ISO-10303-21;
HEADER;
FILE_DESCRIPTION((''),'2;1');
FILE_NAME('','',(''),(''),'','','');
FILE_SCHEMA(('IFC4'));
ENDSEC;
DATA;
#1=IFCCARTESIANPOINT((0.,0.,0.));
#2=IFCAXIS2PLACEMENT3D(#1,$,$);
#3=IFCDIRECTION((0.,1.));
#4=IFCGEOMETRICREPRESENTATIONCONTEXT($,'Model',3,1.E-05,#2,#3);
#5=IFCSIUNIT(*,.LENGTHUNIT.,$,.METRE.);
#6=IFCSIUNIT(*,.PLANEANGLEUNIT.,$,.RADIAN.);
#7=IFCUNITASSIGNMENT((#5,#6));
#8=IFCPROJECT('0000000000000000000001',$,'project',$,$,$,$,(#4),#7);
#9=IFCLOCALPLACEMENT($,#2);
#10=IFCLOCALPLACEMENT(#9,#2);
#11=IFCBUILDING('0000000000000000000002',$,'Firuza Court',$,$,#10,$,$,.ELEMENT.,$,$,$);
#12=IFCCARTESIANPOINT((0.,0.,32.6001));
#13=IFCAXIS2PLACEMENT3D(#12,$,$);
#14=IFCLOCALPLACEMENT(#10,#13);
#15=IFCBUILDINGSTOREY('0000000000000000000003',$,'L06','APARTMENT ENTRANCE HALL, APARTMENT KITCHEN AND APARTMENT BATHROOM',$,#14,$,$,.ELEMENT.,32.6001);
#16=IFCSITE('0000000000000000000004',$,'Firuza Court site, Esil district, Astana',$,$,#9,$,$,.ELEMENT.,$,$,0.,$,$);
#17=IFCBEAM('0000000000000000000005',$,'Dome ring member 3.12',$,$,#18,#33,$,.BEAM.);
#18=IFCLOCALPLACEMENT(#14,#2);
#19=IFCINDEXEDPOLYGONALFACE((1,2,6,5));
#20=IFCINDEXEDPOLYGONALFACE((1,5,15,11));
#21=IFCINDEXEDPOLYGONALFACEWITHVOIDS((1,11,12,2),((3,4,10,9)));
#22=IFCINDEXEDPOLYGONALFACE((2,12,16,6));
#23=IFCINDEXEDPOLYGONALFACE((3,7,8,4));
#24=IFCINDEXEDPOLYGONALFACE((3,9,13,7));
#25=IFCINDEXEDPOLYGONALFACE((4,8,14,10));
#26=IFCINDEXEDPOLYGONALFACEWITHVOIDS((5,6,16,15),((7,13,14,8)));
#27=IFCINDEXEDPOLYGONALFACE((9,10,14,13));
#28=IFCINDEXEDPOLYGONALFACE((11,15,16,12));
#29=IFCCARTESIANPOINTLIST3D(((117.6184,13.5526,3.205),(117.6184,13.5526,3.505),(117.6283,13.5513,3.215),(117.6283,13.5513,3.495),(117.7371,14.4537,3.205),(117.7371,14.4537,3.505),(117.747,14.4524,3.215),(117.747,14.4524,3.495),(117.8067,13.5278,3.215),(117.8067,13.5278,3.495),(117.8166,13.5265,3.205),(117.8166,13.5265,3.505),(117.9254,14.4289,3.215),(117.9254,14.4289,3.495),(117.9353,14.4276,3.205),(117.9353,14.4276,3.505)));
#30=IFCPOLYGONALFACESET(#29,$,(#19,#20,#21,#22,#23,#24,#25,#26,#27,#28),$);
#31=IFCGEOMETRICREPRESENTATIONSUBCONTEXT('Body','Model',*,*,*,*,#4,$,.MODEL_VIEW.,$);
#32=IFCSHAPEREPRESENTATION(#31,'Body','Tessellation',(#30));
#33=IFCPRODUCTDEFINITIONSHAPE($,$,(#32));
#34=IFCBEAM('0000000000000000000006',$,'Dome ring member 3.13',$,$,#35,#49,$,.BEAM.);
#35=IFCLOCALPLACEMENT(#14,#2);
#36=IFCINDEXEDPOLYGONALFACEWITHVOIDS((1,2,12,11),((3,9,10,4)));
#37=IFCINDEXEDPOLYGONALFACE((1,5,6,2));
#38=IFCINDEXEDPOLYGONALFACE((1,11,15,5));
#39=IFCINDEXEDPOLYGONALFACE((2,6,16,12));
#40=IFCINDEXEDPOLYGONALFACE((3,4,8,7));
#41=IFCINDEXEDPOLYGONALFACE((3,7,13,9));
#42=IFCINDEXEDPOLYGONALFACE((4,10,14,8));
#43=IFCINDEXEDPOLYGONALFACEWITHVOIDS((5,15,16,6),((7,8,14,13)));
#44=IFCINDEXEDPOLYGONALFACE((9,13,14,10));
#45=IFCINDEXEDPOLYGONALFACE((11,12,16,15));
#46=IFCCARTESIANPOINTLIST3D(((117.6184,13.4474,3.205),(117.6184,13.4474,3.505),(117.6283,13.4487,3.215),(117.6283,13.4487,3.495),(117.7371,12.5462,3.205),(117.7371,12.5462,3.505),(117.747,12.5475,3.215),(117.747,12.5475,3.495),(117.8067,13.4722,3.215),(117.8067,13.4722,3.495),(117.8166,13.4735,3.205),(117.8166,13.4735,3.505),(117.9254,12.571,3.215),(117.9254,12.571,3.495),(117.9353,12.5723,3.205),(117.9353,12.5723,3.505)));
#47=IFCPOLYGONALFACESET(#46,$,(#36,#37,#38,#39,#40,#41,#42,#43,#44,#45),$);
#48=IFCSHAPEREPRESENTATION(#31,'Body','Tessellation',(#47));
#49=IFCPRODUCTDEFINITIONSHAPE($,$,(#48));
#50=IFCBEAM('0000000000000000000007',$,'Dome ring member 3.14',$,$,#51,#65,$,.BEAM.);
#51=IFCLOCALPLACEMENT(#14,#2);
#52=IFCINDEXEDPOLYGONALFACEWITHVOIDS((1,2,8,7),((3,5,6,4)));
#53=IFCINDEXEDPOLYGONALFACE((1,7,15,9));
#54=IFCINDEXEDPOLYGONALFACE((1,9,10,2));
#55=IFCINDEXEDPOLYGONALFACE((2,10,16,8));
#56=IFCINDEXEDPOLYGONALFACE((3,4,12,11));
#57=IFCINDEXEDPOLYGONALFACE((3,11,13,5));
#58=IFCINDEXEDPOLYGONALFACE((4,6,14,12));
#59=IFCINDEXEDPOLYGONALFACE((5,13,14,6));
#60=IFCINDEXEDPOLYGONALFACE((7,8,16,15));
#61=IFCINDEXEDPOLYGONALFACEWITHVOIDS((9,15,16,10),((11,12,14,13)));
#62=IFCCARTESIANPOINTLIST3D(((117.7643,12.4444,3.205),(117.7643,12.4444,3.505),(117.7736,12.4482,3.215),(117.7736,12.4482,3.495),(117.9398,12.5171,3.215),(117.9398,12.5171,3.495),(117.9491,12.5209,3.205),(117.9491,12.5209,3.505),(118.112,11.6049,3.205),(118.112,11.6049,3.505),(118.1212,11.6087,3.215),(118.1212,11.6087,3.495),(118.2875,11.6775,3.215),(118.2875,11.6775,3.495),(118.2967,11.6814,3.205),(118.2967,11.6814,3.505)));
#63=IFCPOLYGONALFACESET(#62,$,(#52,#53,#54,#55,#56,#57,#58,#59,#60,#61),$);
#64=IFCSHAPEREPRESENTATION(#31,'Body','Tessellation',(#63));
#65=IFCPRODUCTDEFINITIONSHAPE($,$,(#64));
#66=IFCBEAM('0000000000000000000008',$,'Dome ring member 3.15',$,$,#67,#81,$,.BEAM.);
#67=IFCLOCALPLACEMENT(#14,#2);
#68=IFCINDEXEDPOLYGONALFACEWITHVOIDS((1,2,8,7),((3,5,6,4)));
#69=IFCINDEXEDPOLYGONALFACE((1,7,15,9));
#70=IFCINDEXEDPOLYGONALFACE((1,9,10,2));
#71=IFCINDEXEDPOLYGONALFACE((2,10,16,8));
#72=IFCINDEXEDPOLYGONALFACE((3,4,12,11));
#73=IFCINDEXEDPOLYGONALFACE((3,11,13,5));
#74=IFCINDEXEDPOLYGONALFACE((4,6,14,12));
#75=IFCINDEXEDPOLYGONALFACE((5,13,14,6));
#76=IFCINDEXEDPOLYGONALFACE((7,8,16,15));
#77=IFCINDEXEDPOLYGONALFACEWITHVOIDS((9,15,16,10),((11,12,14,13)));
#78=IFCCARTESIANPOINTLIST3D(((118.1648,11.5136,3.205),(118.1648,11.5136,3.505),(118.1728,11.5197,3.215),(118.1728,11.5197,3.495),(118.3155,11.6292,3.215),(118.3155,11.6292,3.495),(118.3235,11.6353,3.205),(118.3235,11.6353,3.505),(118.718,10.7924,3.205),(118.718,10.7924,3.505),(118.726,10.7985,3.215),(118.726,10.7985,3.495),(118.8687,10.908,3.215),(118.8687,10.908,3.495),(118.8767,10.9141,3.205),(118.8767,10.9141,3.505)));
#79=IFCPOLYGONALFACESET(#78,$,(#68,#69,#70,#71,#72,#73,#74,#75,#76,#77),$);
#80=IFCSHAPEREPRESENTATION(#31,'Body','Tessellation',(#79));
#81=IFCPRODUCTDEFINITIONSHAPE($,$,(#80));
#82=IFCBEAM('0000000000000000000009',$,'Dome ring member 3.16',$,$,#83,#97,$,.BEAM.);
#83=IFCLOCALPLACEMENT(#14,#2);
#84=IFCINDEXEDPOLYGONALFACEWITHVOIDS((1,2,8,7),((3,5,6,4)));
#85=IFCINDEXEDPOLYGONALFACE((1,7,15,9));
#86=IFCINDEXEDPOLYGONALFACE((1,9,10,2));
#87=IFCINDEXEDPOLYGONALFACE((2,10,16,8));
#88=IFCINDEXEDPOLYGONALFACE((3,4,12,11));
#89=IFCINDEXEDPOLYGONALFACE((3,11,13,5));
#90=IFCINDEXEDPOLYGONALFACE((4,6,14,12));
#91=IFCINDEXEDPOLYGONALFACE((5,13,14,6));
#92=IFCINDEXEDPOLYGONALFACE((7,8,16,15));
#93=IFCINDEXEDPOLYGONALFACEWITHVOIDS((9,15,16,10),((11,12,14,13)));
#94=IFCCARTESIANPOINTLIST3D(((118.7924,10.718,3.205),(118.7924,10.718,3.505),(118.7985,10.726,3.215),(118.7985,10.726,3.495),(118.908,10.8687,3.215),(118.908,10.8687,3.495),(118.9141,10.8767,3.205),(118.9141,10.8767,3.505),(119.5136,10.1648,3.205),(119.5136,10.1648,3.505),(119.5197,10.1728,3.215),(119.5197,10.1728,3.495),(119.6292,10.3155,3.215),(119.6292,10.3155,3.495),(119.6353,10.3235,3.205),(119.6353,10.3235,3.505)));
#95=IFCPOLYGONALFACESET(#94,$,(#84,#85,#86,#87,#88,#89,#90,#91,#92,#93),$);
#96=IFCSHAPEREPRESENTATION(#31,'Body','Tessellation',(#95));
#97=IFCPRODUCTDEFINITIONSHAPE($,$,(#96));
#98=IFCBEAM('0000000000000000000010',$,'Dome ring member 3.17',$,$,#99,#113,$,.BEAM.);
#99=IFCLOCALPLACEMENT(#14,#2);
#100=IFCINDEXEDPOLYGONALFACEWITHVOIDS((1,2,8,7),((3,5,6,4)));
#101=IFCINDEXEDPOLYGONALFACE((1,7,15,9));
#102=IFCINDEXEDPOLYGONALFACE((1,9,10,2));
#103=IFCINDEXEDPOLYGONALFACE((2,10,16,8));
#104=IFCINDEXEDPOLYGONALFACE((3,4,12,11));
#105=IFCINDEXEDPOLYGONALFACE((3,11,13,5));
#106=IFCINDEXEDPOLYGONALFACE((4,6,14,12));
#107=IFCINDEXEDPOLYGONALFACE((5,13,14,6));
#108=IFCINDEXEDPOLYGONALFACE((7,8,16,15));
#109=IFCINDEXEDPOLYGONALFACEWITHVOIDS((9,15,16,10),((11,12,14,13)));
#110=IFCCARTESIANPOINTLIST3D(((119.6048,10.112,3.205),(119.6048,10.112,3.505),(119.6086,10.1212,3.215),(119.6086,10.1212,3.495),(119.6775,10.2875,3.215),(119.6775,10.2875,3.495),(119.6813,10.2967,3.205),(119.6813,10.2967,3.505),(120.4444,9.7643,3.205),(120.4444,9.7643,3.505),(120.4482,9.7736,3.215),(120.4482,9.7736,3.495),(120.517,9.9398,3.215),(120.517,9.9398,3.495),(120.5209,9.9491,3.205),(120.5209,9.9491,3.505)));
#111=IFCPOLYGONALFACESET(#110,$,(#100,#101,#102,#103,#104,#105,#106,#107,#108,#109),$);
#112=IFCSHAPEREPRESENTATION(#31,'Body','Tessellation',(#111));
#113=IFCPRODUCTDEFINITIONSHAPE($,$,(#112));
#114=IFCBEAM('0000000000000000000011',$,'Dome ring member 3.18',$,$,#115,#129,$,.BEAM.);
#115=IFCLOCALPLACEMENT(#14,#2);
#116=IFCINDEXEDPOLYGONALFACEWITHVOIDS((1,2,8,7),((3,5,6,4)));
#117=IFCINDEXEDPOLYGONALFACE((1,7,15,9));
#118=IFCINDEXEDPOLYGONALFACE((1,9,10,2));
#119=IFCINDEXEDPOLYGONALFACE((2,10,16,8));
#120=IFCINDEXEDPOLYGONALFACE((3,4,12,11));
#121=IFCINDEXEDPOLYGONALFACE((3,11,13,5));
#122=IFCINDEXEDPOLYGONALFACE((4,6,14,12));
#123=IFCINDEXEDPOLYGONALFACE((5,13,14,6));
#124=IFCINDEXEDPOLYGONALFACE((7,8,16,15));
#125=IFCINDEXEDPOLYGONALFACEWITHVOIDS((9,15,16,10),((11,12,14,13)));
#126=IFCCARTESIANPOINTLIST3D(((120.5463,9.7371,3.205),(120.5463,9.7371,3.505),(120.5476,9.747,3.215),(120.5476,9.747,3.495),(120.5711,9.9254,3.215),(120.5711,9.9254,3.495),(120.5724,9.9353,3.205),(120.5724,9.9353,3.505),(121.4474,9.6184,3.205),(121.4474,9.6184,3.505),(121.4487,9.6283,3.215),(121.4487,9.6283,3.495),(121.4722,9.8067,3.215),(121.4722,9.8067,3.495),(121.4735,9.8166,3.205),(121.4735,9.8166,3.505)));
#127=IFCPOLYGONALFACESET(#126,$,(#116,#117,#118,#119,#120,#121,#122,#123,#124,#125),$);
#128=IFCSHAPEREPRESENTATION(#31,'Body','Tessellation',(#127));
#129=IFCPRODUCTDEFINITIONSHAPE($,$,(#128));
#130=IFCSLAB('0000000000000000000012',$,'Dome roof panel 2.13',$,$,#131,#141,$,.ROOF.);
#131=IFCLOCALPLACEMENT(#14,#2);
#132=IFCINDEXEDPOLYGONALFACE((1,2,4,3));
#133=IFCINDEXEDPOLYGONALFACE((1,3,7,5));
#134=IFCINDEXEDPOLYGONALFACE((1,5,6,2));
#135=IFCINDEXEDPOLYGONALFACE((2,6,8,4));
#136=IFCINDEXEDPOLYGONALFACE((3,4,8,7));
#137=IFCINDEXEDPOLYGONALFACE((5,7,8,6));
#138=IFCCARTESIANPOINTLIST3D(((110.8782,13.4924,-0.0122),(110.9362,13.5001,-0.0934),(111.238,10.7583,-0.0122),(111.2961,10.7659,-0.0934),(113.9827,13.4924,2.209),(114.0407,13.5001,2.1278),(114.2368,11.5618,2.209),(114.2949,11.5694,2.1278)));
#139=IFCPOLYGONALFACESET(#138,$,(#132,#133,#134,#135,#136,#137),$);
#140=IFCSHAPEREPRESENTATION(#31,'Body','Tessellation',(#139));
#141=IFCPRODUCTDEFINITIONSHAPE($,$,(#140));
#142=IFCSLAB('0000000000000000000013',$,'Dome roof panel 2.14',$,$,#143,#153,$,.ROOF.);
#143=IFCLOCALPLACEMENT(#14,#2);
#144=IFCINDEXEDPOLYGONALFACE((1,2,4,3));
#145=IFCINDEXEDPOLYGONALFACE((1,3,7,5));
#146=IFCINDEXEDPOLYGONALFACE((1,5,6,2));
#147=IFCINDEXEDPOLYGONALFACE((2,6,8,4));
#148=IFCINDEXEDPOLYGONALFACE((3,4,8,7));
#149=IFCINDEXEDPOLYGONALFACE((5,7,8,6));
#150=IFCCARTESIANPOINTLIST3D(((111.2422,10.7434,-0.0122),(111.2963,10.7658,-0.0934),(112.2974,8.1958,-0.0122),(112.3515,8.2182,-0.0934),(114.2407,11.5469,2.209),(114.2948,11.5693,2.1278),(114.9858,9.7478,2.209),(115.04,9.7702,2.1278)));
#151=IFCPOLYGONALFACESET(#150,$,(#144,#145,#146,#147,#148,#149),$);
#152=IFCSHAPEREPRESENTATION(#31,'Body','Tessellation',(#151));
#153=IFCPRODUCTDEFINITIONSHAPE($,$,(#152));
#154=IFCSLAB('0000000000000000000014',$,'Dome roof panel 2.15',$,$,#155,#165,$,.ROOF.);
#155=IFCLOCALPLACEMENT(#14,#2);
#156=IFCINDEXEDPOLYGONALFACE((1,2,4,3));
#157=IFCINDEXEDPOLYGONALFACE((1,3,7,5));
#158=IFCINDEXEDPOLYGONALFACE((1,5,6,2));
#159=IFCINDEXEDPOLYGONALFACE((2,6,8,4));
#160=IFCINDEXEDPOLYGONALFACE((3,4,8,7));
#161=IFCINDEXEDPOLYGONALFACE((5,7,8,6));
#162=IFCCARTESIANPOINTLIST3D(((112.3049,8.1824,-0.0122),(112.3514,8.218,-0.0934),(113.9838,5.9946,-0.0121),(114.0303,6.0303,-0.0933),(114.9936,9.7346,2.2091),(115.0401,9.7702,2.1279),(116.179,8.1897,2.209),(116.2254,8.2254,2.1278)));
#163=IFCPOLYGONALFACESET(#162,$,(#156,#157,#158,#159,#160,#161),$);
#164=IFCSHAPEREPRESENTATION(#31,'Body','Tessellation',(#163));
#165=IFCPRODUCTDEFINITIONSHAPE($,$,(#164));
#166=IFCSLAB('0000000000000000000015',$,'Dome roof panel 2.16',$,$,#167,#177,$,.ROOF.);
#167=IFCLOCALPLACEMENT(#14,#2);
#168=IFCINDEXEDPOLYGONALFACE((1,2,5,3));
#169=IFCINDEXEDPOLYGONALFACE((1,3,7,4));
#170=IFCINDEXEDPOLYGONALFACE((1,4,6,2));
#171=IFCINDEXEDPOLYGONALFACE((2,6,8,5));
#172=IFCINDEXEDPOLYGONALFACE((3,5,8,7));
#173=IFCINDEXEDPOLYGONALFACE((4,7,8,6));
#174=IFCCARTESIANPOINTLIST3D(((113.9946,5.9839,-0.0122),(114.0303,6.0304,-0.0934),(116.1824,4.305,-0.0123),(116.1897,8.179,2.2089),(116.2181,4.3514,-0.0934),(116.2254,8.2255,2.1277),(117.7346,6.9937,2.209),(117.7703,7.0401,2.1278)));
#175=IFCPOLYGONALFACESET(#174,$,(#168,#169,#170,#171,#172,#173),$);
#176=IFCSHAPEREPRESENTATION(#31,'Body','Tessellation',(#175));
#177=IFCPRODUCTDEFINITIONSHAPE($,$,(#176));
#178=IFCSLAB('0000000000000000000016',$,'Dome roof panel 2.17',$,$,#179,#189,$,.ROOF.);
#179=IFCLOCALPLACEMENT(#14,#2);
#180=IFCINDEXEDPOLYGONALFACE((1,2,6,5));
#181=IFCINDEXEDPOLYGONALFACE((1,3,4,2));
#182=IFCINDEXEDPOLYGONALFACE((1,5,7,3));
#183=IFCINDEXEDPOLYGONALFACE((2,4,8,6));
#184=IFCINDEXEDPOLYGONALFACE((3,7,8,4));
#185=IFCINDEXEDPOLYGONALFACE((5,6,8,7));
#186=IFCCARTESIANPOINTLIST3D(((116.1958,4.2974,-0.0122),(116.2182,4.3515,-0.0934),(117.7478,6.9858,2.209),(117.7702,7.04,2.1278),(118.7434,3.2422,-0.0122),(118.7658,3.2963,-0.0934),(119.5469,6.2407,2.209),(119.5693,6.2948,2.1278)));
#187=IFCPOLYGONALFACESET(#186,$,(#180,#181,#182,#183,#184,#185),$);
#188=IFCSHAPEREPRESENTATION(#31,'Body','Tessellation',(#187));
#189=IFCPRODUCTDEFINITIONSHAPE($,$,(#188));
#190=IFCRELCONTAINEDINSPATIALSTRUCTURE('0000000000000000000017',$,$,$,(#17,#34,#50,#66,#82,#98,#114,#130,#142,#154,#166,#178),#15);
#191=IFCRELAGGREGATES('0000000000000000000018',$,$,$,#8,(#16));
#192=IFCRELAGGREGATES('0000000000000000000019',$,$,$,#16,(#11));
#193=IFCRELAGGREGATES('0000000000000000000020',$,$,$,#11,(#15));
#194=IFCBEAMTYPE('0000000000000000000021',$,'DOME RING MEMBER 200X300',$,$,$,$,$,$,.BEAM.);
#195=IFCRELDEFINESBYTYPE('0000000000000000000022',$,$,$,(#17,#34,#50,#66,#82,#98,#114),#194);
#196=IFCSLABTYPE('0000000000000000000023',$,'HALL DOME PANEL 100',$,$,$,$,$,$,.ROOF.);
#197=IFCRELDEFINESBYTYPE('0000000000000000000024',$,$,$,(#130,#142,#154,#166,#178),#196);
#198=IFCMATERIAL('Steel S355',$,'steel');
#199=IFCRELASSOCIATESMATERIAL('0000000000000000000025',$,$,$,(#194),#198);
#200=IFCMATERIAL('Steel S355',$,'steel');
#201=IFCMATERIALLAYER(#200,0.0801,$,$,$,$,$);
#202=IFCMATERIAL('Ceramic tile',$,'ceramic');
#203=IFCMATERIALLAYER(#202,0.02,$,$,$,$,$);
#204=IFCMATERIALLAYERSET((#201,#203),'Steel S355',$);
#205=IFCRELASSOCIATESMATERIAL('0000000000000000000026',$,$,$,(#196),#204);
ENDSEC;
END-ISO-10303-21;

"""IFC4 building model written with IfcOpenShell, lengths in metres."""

from ifc_helpers import new_model, si_unit, direction, frame, origin, origin_2d, place, context, subcontext, project, spatial, polyline, hollow_rectangle, outline, extrude, material, layer, layer_set, material_profile, profile_set, type_object, element, save


model = new_model("IFC4")

# Units and contexts
model_context = context("Model", 3, precision=1e-05, world=origin(), true_north=direction((0.0, 1.0)))
body_context = subcontext(model_context, "Body", "Model", "MODEL_VIEW")
ifc_project = project(units=[si_unit("LENGTHUNIT", "METRE"), si_unit("PLANEANGLEUNIT", "RADIAN")], contexts=[model_context])

# Site, building, storey
site_placement = place(None, origin())
site = spatial("IfcSite", under=ifc_project, at=site_placement, Name="Firuza Court site, Esil district, Astana", CompositionType="ELEMENT", RefElevation=0.0)
building_placement = place(site_placement, origin())
building = spatial("IfcBuilding", under=site, at=building_placement, Name="Firuza Court", CompositionType="ELEMENT")
storey_placement = place(building_placement, frame((0.0, 0.0, 32.6001)))
storey = spatial("IfcBuildingStorey", under=building, at=storey_placement, Name="L06", Description="APARTMENT ENTRANCE HALL, APARTMENT KITCHEN AND APARTMENT BATHROOM", CompositionType="ELEMENT", Elevation=32.6001)

# Beams
ifc_material_1 = material(Name="Steel S355", Category="steel")
ifc_material_profile_1 = material_profile(ifc_material_1, hollow_rectangle(XDim=0.2, YDim=0.3, WallThickness=0.01, at=origin_2d()), Name="RHS 300X200X10")
ifc_profile_set_1 = profile_set([ifc_material_profile_1], Name="Steel S355")
beam_type_1 = type_object("IfcBeamType", Name="DOME RING MEMBER 200X300", PredefinedType="BEAM", material=ifc_profile_set_1)
for number, where, z_axis, x_axis, name in (
    (1, (117.8362, 14.4407, 3.355), (-0.130545, -0.991442, 0.0), (0.991442, -0.130545, 0.0), "Dome ring member 3.12"),
    (2, (117.7175, 13.4604, 3.355), (0.130545, -0.991442, 0.0), (0.991442, 0.130545, 0.0), "Dome ring member 3.13"),
):
    element("IfcBeam", number, at=place(storey_placement, frame(where, z_axis=z_axis, x_axis=x_axis)), inside=storey, type_object=beam_type_1, Name=name, PredefinedType="BEAM", context=body_context, shape_type="SweptSolid", body=[
        extrude(hollow_rectangle(XDim=0.2, YDim=0.3, WallThickness=0.01, at=origin_2d()), origin(), (0.0, 0.0, 1.0), 0.9089),
    ])
beam_1_placement = place(storey_placement, frame((117.8567, 12.4827, 3.355), z_axis=(0.382573, -0.923925, 0.0), x_axis=(0.923925, 0.382573, 0.0)))
element("IfcBeam", 3, at=beam_1_placement, inside=storey, type_object=beam_type_1, Name="Dome ring member 3.14", PredefinedType="BEAM", context=body_context, shape_type="SweptSolid", body=[
    extrude(hollow_rectangle(XDim=0.2, YDim=0.3, WallThickness=0.01, at=origin_2d()), origin(), (0.0, 0.0, 1.0), 0.9087),
])
for number, where, z_axis, x_axis, name in (
    (4, (118.2441, 11.5745, 3.355), (0.608646, -0.793442, 0.0), (0.793442, 0.608646, 0.0), "Dome ring member 3.15"),
    (5, (118.8533, 10.7974, 3.355), (0.793442, -0.608646, 0.0), (0.608646, 0.793442, 0.0), "Dome ring member 3.16"),
):
    element("IfcBeam", number, at=place(storey_placement, frame(where, z_axis=z_axis, x_axis=x_axis)), inside=storey, type_object=beam_type_1, Name=name, PredefinedType="BEAM", context=body_context, shape_type="SweptSolid", body=[
        extrude(hollow_rectangle(XDim=0.2, YDim=0.3, WallThickness=0.01, at=origin_2d()), origin(), (0.0, 0.0, 1.0), 0.9089),
    ])
beam_2_placement = place(storey_placement, frame((119.6431, 10.2043, 3.355), z_axis=(0.923925, -0.382573, 0.0), x_axis=(0.382573, 0.923925, 0.0)))
element("IfcBeam", 6, at=beam_2_placement, inside=storey, type_object=beam_type_1, Name="Dome ring member 3.17", PredefinedType="BEAM", context=body_context, shape_type="SweptSolid", body=[
    extrude(hollow_rectangle(XDim=0.2, YDim=0.3, WallThickness=0.01, at=origin_2d()), origin(), (0.0, 0.0, 1.0), 0.9087),
])
beam_3_placement = place(storey_placement, frame((120.5593, 9.8362, 3.355), z_axis=(0.991442, -0.130545, 0.0), x_axis=(0.130545, 0.991442, 0.0)))
element("IfcBeam", 7, at=beam_3_placement, inside=storey, type_object=beam_type_1, Name="Dome ring member 3.18", PredefinedType="BEAM", context=body_context, shape_type="SweptSolid", body=[
    extrude(hollow_rectangle(XDim=0.2, YDim=0.3, WallThickness=0.01, at=origin_2d()), origin(), (0.0, 0.0, 1.0), 0.9089),
])

# Slabs
ifc_material_2 = material(Name="Steel S355", Category="steel")
ifc_layer_1 = layer(ifc_material_2, 0.0801)
ifc_material_3 = material(Name="Ceramic tile", Category="ceramic")
ifc_layer_2 = layer(ifc_material_3, 0.02)
ifc_layer_set = layer_set([ifc_layer_1, ifc_layer_2], Name="Steel S355")
slab_type = type_object("IfcSlabType", Name="HALL DOME PANEL 100", PredefinedType="ROOF", material=ifc_layer_set)
slab_1_placement = place(storey_placement, frame((110.8782, 13.4924, -0.0122), z_axis=(-0.580177, -0.076367, 0.810902), x_axis=(0.813277, 0.0, 0.581877)))
element("IfcSlab", 8, at=slab_1_placement, inside=storey, type_object=slab_type, Name="Dome roof panel 2.13", PredefinedType="ROOF", context=body_context, shape_type="SweptSolid", body=[
    extrude(outline(polyline([(0.0, 0.0), (3.8173, 0.0), (4.024, -1.9363), (0.2927, -2.7421), (0.0, 0.0)])), origin(), (0.0, 0.0, -1.0), 0.1001),
])
slab_2_placement = place(storey_placement, frame((111.2422, 10.7434, -0.0122), z_axis=(-0.540669, -0.223932, 0.810883), x_axis=(0.785546, 0.210489, 0.581903)))
element("IfcSlab", 9, at=slab_2_placement, inside=storey, type_object=slab_type, Name="Dome roof panel 2.14", PredefinedType="ROOF", context=body_context, shape_type="SweptSolid", body=[
    extrude(outline(polyline([(0.0, 0.0), (3.8171, 0.0), (4.0238, -1.9363), (0.2926, -2.7419), (0.0, 0.0)])), origin(), (0.0, 0.0, -1.0), 0.1001),
])
slab_3_placement = place(storey_placement, frame((112.3049, 8.1824, -0.0122), z_axis=(-0.464258, -0.356248, 0.810896), x_axis=(0.704326, 0.406618, 0.581882)))
element("IfcSlab", 10, at=slab_3_placement, inside=storey, type_object=slab_type, Name="Dome roof panel 2.15", PredefinedType="ROOF", context=body_context, shape_type="SweptSolid", body=[
    extrude(outline(polyline([(0.0, 0.0), (3.8174, 0.0), (4.024, -1.9362), (0.293, -2.7421), (0.0, 0.0)])), origin(), (0.0, 0.0, -1.0), 0.1001),
])
slab_4_placement = place(storey_placement, frame((113.9946, 5.9839, -0.0122), z_axis=(-0.356248, -0.464258, 0.810896), x_axis=(0.575068, 0.575071, 0.581885)))
element("IfcSlab", 11, at=slab_4_placement, inside=storey, type_object=slab_type, Name="Dome roof panel 2.16", PredefinedType="ROOF", context=body_context, shape_type="SweptSolid", body=[
    extrude(outline(polyline([(0.0, 0.0), (3.8171, 0.0), (4.0239, -1.9362), (0.2926, -2.7422), (0.0, 0.0)])), origin(), (0.0, 0.0, -1.0), 0.1001),
])
slab_5_placement = place(storey_placement, frame((116.1958, 4.2974, -0.0122), z_axis=(-0.223932, -0.540669, 0.810883), x_axis=(0.406592, 0.704324, 0.581902)))
element("IfcSlab", 12, at=slab_5_placement, inside=storey, type_object=slab_type, Name="Dome roof panel 2.17", PredefinedType="ROOF", context=body_context, shape_type="SweptSolid", body=[
    extrude(outline(polyline([(0.0, 0.0), (3.8171, 0.0), (4.0238, -1.9363), (0.2926, -2.7419), (0.0, 0.0)])), origin(), (0.0, 0.0, -1.0), 0.1001),
])

save(model, "model.ifc")
